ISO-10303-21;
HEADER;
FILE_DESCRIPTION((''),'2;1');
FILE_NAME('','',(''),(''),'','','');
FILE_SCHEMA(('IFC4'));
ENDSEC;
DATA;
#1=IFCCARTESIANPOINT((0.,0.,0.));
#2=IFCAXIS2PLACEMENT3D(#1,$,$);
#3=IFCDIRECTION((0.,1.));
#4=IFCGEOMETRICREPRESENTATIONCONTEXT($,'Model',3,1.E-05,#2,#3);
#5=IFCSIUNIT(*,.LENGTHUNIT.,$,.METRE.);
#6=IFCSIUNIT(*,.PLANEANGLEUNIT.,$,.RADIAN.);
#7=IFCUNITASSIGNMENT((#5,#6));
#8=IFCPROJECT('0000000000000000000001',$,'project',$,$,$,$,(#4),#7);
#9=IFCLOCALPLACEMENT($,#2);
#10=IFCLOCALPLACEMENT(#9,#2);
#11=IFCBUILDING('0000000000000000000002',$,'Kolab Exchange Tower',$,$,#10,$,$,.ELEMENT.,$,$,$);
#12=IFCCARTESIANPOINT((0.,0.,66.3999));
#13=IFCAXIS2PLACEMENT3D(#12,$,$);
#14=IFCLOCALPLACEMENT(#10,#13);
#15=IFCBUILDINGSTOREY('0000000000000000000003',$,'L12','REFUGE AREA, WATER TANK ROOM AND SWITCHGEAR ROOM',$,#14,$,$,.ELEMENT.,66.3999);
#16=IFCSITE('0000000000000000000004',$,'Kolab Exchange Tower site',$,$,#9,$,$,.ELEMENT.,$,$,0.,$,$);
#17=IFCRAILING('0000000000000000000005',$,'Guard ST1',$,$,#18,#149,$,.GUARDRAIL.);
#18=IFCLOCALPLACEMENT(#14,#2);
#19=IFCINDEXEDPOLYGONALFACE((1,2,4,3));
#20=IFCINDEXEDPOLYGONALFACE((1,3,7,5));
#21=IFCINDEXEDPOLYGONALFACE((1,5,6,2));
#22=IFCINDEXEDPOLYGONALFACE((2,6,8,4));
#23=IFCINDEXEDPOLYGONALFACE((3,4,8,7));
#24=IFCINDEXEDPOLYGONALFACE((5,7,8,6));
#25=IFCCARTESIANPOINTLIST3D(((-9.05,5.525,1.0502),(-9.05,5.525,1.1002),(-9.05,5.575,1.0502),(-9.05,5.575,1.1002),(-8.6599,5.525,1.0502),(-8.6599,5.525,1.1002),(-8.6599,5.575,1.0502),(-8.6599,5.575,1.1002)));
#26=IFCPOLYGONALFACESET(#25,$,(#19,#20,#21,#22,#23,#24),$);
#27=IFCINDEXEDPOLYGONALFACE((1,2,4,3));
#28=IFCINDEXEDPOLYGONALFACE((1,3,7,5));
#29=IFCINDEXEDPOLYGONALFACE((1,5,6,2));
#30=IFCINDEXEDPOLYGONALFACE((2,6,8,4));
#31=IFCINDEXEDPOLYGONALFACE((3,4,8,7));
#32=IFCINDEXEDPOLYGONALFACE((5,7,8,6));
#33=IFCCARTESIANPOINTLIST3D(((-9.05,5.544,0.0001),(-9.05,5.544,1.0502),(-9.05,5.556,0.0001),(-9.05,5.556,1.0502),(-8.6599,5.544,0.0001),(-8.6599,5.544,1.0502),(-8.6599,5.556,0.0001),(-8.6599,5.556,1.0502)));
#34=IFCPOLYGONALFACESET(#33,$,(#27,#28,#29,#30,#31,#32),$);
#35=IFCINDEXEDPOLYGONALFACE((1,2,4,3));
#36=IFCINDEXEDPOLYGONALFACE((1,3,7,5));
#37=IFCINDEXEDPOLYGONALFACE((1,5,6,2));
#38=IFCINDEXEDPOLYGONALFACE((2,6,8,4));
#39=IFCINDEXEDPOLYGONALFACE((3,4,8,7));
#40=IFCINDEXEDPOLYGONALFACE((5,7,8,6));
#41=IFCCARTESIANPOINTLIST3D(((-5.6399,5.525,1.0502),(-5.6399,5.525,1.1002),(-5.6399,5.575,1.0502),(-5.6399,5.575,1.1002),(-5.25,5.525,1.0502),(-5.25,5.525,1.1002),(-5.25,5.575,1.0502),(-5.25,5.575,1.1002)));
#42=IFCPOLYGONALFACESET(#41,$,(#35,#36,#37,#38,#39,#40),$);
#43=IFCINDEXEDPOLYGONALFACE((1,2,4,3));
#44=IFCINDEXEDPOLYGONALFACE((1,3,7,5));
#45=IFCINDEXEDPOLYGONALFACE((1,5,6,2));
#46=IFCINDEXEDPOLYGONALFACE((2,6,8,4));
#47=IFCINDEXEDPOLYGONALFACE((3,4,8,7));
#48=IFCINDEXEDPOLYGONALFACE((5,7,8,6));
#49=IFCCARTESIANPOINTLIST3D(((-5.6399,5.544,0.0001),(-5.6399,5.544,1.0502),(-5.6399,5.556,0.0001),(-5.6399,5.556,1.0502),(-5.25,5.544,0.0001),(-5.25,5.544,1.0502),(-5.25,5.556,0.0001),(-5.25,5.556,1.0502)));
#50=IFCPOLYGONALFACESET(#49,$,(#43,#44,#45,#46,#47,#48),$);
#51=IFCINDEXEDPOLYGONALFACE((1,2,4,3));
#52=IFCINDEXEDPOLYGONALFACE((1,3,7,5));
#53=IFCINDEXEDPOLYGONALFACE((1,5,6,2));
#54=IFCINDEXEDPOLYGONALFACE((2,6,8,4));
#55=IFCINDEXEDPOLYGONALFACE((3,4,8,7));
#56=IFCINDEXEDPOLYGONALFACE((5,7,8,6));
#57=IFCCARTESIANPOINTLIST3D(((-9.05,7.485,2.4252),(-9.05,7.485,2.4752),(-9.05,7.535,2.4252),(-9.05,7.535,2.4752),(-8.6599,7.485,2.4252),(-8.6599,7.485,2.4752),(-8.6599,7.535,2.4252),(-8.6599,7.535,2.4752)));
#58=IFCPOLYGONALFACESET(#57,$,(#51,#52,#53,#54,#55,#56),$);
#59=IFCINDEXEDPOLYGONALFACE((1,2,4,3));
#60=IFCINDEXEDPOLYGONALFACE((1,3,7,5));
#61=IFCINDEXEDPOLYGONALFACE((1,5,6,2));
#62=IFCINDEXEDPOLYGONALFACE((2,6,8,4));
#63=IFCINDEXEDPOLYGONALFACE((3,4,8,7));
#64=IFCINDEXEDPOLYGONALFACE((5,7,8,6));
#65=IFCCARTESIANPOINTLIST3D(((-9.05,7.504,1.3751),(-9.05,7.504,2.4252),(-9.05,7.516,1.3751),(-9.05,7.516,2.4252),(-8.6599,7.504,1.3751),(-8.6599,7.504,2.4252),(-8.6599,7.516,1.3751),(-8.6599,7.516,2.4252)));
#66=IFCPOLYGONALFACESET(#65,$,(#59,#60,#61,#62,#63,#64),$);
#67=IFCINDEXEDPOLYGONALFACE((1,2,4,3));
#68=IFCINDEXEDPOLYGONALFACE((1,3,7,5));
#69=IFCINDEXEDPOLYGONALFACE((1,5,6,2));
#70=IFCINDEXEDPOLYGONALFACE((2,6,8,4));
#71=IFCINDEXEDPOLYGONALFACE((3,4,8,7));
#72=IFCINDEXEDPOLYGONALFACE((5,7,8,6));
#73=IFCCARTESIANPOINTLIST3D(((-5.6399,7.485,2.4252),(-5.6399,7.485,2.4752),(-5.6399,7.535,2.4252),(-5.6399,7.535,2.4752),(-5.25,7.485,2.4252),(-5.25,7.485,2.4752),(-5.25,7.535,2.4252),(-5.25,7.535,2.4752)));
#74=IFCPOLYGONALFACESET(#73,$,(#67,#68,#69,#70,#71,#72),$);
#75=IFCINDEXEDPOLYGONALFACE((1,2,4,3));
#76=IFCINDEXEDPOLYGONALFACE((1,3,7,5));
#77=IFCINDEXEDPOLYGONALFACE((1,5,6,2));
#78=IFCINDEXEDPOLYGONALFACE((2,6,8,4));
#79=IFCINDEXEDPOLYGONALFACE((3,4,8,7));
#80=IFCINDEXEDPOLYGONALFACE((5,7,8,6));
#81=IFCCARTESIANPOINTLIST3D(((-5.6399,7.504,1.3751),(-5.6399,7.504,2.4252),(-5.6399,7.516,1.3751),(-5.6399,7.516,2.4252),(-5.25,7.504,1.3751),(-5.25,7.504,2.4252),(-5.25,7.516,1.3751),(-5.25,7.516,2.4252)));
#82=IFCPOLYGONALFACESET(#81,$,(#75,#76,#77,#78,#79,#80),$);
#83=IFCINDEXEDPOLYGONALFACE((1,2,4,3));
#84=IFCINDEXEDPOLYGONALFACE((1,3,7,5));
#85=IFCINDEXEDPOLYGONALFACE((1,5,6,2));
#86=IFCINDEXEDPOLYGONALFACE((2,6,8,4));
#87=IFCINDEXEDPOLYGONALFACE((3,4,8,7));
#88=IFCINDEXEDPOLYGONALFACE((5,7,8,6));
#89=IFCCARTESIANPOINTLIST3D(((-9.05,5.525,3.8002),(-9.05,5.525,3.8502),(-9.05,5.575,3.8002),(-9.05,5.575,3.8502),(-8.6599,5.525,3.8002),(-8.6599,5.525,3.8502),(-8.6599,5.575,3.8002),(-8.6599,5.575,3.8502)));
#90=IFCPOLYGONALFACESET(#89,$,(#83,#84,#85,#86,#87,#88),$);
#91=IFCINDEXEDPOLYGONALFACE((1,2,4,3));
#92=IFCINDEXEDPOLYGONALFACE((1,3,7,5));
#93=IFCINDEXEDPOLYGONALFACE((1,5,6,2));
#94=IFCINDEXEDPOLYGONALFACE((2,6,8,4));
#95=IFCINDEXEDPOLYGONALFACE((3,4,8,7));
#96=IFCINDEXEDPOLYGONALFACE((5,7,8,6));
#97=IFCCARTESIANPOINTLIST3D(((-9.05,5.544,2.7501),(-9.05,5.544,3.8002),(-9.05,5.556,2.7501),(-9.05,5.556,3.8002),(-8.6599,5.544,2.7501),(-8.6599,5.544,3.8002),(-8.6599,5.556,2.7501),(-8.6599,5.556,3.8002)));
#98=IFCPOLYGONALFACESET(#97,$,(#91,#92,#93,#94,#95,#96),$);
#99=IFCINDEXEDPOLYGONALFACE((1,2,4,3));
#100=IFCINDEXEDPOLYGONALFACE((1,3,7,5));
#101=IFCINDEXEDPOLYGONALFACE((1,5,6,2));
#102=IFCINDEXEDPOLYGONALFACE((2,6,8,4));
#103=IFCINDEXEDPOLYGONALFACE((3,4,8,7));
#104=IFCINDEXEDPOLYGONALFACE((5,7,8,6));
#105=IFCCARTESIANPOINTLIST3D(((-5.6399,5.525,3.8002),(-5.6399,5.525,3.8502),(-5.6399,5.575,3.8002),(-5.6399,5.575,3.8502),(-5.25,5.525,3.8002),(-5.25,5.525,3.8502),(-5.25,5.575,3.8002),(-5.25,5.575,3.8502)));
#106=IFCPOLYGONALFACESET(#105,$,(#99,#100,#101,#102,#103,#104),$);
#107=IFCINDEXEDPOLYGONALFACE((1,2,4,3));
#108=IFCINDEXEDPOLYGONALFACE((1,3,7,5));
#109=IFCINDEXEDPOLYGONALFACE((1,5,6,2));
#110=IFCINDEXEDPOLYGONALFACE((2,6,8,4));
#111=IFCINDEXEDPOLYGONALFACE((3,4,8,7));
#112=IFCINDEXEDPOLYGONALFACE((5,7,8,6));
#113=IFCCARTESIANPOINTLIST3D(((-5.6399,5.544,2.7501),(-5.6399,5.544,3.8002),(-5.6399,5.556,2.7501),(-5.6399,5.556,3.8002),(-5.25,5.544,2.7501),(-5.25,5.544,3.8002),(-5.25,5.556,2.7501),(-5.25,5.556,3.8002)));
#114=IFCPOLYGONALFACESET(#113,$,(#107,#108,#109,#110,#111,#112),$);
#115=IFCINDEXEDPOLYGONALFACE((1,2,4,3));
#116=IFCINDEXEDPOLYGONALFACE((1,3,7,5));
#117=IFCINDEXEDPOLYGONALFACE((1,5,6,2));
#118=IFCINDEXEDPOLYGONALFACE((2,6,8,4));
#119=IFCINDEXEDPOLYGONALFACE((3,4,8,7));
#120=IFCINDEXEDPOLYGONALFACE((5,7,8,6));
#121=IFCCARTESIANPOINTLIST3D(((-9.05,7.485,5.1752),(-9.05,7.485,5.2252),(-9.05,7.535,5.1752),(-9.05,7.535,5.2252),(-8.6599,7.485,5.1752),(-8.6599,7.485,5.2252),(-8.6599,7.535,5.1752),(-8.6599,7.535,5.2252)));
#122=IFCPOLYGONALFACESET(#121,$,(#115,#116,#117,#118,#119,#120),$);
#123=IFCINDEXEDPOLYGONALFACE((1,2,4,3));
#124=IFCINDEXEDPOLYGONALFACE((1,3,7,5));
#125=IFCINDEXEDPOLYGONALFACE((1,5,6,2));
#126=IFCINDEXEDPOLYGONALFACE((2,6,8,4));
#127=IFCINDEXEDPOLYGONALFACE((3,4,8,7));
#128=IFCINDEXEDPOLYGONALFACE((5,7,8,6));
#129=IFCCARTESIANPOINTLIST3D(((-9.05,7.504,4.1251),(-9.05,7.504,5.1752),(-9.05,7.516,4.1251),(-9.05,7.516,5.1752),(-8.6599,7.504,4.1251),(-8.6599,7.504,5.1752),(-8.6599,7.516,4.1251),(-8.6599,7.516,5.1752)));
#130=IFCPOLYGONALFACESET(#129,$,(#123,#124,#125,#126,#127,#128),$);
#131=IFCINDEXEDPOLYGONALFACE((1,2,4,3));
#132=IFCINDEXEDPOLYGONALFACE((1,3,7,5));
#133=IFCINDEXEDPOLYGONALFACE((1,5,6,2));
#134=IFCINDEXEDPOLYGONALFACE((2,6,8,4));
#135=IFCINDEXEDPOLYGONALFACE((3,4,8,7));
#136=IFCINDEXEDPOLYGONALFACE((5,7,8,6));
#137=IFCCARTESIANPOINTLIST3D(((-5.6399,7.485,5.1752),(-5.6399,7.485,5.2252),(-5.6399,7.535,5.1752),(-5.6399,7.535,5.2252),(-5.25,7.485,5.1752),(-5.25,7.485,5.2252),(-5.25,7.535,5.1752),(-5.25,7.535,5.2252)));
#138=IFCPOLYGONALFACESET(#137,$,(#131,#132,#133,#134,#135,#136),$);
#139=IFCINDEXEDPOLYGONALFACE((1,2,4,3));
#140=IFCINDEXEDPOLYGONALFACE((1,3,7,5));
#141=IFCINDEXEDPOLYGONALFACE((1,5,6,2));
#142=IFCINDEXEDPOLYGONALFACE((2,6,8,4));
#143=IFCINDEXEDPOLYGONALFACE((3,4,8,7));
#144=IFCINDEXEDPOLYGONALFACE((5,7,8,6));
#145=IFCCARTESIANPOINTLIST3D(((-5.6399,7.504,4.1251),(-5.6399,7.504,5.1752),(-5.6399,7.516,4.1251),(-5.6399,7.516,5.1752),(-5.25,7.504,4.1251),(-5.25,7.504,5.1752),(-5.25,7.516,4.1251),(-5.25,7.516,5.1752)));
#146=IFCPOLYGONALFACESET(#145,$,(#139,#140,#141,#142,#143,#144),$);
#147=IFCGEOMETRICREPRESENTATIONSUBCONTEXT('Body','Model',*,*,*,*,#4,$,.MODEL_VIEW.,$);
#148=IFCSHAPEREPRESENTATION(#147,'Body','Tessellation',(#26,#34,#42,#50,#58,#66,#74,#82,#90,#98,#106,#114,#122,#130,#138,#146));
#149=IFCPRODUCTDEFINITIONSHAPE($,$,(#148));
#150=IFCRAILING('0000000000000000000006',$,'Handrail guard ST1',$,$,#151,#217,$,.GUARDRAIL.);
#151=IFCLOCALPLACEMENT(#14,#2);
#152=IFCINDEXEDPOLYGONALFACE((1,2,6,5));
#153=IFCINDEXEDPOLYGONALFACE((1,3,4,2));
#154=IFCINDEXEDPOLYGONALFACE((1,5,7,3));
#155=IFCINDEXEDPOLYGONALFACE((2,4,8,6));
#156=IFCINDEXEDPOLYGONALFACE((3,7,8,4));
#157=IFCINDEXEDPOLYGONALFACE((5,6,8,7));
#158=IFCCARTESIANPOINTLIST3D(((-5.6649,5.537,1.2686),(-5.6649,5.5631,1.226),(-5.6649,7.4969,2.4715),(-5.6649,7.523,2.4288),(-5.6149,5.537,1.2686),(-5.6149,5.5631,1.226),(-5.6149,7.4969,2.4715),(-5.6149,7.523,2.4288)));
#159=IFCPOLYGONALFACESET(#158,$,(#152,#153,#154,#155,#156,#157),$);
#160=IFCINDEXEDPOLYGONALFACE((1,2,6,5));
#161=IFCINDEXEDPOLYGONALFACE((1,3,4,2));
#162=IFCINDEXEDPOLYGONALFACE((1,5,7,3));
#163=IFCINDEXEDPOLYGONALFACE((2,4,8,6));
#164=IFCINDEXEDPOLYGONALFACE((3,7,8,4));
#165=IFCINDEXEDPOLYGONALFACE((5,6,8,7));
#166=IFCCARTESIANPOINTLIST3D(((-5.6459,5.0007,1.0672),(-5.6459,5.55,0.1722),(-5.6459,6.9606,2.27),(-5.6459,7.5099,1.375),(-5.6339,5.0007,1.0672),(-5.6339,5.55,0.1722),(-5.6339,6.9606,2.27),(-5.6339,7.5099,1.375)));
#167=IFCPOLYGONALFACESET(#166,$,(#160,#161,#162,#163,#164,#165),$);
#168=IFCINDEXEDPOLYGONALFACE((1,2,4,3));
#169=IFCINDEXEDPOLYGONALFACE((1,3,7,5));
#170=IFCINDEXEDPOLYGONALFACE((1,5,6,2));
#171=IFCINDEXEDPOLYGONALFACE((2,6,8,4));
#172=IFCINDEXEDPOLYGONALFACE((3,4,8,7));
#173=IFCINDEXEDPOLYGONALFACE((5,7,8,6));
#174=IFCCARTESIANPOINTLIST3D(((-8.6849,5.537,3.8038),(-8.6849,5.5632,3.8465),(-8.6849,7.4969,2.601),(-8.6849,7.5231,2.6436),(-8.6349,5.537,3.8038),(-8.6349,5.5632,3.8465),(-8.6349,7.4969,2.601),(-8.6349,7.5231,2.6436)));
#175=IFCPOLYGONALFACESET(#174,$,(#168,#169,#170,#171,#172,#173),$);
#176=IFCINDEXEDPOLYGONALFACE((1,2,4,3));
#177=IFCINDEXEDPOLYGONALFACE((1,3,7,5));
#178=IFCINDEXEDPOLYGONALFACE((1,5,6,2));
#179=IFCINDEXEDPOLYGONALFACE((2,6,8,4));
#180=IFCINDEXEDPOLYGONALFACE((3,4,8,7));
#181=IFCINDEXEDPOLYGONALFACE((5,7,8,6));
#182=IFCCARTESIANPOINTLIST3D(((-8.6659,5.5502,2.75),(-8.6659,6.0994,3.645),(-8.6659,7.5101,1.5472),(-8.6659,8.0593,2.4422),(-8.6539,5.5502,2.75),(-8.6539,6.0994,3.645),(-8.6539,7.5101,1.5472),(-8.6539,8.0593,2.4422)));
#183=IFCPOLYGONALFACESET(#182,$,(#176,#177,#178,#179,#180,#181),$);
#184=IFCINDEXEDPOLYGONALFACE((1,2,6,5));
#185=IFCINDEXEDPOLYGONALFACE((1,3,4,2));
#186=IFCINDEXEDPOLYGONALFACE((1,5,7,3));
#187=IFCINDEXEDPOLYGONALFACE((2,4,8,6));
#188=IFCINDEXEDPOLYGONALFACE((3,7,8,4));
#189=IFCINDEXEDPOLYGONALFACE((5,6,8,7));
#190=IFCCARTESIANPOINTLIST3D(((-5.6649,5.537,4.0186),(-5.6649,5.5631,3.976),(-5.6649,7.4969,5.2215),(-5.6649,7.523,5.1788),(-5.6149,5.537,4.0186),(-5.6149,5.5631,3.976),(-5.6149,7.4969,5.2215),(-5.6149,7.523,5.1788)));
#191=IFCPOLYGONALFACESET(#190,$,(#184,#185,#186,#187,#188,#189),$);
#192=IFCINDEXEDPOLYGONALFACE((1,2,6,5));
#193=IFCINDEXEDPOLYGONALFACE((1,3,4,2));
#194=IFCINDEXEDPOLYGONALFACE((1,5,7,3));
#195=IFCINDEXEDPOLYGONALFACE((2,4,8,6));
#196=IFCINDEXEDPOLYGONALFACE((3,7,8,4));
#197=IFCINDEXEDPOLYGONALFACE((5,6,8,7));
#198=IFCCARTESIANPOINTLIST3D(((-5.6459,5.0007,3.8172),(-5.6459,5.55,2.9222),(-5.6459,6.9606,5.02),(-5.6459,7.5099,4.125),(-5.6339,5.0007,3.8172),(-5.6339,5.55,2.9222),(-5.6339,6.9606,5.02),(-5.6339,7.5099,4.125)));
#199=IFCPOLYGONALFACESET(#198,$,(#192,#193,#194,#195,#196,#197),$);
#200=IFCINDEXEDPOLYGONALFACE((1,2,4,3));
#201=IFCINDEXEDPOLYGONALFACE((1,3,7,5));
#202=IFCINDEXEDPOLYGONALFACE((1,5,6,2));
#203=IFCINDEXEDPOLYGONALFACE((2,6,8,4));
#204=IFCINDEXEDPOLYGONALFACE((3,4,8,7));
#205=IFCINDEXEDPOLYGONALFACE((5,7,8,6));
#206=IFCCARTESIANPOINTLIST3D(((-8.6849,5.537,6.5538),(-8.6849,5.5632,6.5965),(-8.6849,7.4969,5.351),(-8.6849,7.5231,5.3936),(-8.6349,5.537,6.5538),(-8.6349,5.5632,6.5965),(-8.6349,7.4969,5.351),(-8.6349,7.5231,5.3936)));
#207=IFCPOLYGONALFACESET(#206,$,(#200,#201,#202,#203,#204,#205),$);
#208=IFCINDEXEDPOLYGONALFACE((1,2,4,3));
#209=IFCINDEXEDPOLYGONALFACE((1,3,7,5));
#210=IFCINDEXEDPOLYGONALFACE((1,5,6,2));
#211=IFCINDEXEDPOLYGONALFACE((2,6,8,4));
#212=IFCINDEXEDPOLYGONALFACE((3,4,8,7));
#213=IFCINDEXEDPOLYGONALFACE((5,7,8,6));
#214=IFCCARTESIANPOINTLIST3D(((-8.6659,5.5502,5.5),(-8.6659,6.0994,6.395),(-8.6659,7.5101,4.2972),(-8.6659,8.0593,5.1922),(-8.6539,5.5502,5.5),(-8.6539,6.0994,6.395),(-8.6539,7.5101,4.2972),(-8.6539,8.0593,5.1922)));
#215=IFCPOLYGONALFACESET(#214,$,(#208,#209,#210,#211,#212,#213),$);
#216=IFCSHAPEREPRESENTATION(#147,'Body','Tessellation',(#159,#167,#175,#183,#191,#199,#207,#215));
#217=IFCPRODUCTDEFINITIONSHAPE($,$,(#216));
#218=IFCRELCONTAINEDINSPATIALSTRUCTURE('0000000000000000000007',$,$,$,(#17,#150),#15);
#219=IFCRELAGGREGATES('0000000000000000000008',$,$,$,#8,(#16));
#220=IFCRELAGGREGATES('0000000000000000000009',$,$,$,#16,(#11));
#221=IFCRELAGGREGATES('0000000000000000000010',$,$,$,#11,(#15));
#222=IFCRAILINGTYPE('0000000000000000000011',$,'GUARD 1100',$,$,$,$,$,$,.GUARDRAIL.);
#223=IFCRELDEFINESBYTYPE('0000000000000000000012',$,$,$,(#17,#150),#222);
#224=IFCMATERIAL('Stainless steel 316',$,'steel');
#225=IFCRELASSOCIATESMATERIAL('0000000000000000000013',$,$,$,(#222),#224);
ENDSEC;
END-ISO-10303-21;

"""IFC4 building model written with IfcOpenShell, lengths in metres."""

from ifc_helpers import new_model, si_unit, direction, frame, frame_2d, origin, origin_2d, place, context, subcontext, project, spatial, rectangle, extrude, material, type_object, element, save


model = new_model("IFC4")

# Units and contexts
model_context = context("Model", 3, precision=1e-05, world=origin(), true_north=direction((0.0, 1.0)))
body_context = subcontext(model_context, "Body", "Model", "MODEL_VIEW")
ifc_project = project(units=[si_unit("LENGTHUNIT", "METRE"), si_unit("PLANEANGLEUNIT", "RADIAN")], contexts=[model_context])

# Site, building, storey
site_placement = place(None, origin())
site = spatial("IfcSite", under=ifc_project, at=site_placement, Name="Kolab Exchange Tower site", CompositionType="ELEMENT", RefElevation=0.0)
building_placement = place(site_placement, origin())
building = spatial("IfcBuilding", under=site, at=building_placement, Name="Kolab Exchange Tower", CompositionType="ELEMENT")
storey_placement = place(building_placement, frame((0.0, 0.0, 66.3999)))
storey = spatial("IfcBuildingStorey", under=building, at=storey_placement, Name="L12", Description="REFUGE AREA, WATER TANK ROOM AND SWITCHGEAR ROOM", CompositionType="ELEMENT", Elevation=66.3999)

# Railings
ifc_material_1 = material(Name="Stainless steel 316", Category="steel")
railing_type = type_object("IfcRailingType", Name="GUARD 1100", PredefinedType="GUARDRAIL", material=ifc_material_1)
railing_1_placement = place(storey_placement, frame((-9.05, 5.55, 0.0)))
element("IfcRailing", 1, at=railing_1_placement, inside=storey, type_object=railing_type, Name="Guard ST1", PredefinedType="GUARDRAIL", context=body_context, shape_type="SweptSolid", body=[
    extrude(rectangle(XDim=0.05, YDim=0.05, at=origin_2d()), frame((0.0, 0.0, 1.0752), z_axis=(1.0, 0.0, 0.0), x_axis=(0.0, 1.0, 0.0)), (0.0, 0.0, 1.0), 0.3901),
    extrude(rectangle(XDim=0.012, YDim=1.0501, at=frame_2d((0.0, 0.5251))), frame((0.0, 0.0, 0.0), z_axis=(1.0, 0.0, 0.0), x_axis=(0.0, 1.0, 0.0)), (0.0, 0.0, 1.0), 0.3901),
    extrude(rectangle(XDim=0.05, YDim=0.05, at=origin_2d()), frame((3.4102, 0.0, 1.0752), z_axis=(1.0, 0.0, 0.0), x_axis=(0.0, 1.0, 0.0)), (0.0, 0.0, 1.0), 0.3899),
    extrude(rectangle(XDim=0.012, YDim=1.0501, at=frame_2d((0.0, 0.5251))), frame((3.4102, 0.0, 0.0), z_axis=(1.0, 0.0, 0.0), x_axis=(0.0, 1.0, 0.0)), (0.0, 0.0, 1.0), 0.3899),
    extrude(rectangle(XDim=0.05, YDim=0.05, at=origin_2d()), frame((0.0, 1.96, 2.4502), z_axis=(1.0, 0.0, 0.0), x_axis=(0.0, 1.0, 0.0)), (0.0, 0.0, 1.0), 0.3901),
    extrude(rectangle(XDim=0.012, YDim=1.0501, at=frame_2d((0.0, 0.5251))), frame((0.0, 1.96, 1.375), z_axis=(1.0, 0.0, 0.0), x_axis=(0.0, 1.0, 0.0)), (0.0, 0.0, 1.0), 0.3901),
    extrude(rectangle(XDim=0.05, YDim=0.05, at=origin_2d()), frame((3.4102, 1.96, 2.4502), z_axis=(1.0, 0.0, 0.0), x_axis=(0.0, 1.0, 0.0)), (0.0, 0.0, 1.0), 0.3899),
    extrude(rectangle(XDim=0.012, YDim=1.0501, at=frame_2d((0.0, 0.5251))), frame((3.4102, 1.96, 1.375), z_axis=(1.0, 0.0, 0.0), x_axis=(0.0, 1.0, 0.0)), (0.0, 0.0, 1.0), 0.3899),
    extrude(rectangle(XDim=0.05, YDim=0.05, at=origin_2d()), frame((0.0, 0.0, 3.8252), z_axis=(1.0, 0.0, 0.0), x_axis=(0.0, 1.0, 0.0)), (0.0, 0.0, 1.0), 0.3901),
    extrude(rectangle(XDim=0.012, YDim=1.0501, at=frame_2d((0.0, 0.5251))), frame((0.0, 0.0, 2.75), z_axis=(1.0, 0.0, 0.0), x_axis=(0.0, 1.0, 0.0)), (0.0, 0.0, 1.0), 0.3901),
    extrude(rectangle(XDim=0.05, YDim=0.05, at=origin_2d()), frame((3.4102, 0.0, 3.8252), z_axis=(1.0, 0.0, 0.0), x_axis=(0.0, 1.0, 0.0)), (0.0, 0.0, 1.0), 0.3899),
    extrude(rectangle(XDim=0.012, YDim=1.0501, at=frame_2d((0.0, 0.5251))), frame((3.4102, 0.0, 2.75), z_axis=(1.0, 0.0, 0.0), x_axis=(0.0, 1.0, 0.0)), (0.0, 0.0, 1.0), 0.3899),
    extrude(rectangle(XDim=0.05, YDim=0.05, at=origin_2d()), frame((0.0, 1.96, 5.2002), z_axis=(1.0, 0.0, 0.0), x_axis=(0.0, 1.0, 0.0)), (0.0, 0.0, 1.0), 0.3901),
    extrude(rectangle(XDim=0.012, YDim=1.0501, at=frame_2d((0.0, 0.5251))), frame((0.0, 1.96, 4.125), z_axis=(1.0, 0.0, 0.0), x_axis=(0.0, 1.0, 0.0)), (0.0, 0.0, 1.0), 0.3901),
    extrude(rectangle(XDim=0.05, YDim=0.05, at=origin_2d()), frame((3.4102, 1.96, 5.2002), z_axis=(1.0, 0.0, 0.0), x_axis=(0.0, 1.0, 0.0)), (0.0, 0.0, 1.0), 0.3899),
    extrude(rectangle(XDim=0.012, YDim=1.0501, at=frame_2d((0.0, 0.5251))), frame((3.4102, 1.96, 4.125), z_axis=(1.0, 0.0, 0.0), x_axis=(0.0, 1.0, 0.0)), (0.0, 0.0, 1.0), 0.3899),
])
railing_2_placement = place(storey_placement, frame((-5.6399, 5.55, 0.1721)))
element("IfcRailing", 2, at=railing_2_placement, inside=storey, type_object=railing_type, Name="Handrail guard ST1", PredefinedType="GUARDRAIL", context=body_context, shape_type="SweptSolid", body=[
    extrude(rectangle(XDim=0.05, YDim=0.05, at=origin_2d()), frame((0.0, 0.0, 1.0752), z_axis=(0.0, 0.852288, 0.523072), x_axis=(-1.0, 0.0, 0.0)), (0.0, 0.0, 1.0), 2.2996),
    extrude(rectangle(XDim=0.012, YDim=1.0501, at=frame_2d((0.0, 0.5251))), frame((0.0, 0.0, 0.0), z_axis=(0.0, 0.852288, 0.523072), x_axis=(-1.0, 0.0, 0.0)), (0.0, 0.0, 1.0), 2.2996),
    extrude(rectangle(XDim=0.05, YDim=0.05, at=origin_2d()), frame((-3.02, 1.96, 2.4502), z_axis=(0.0, -0.852288, 0.523072), x_axis=(1.0, 0.0, 0.0)), (0.0, 0.0, 1.0), 2.2996),
    extrude(rectangle(XDim=0.012, YDim=1.0501, at=frame_2d((0.0, 0.5251))), frame((-3.02, 1.96, 1.375), z_axis=(0.0, -0.852288, 0.523072), x_axis=(1.0, 0.0, 0.0)), (0.0, 0.0, 1.0), 2.2996),
    extrude(rectangle(XDim=0.05, YDim=0.05, at=origin_2d()), frame((0.0, 0.0, 3.8252), z_axis=(0.0, 0.852288, 0.523072), x_axis=(-1.0, 0.0, 0.0)), (0.0, 0.0, 1.0), 2.2996),
    extrude(rectangle(XDim=0.012, YDim=1.0501, at=frame_2d((0.0, 0.5251))), frame((0.0, 0.0, 2.75), z_axis=(0.0, 0.852288, 0.523072), x_axis=(-1.0, 0.0, 0.0)), (0.0, 0.0, 1.0), 2.2996),
    extrude(rectangle(XDim=0.05, YDim=0.05, at=origin_2d()), frame((-3.02, 1.96, 5.2002), z_axis=(0.0, -0.852288, 0.523072), x_axis=(1.0, 0.0, 0.0)), (0.0, 0.0, 1.0), 2.2996),
    extrude(rectangle(XDim=0.012, YDim=1.0501, at=frame_2d((0.0, 0.5251))), frame((-3.02, 1.96, 4.125), z_axis=(0.0, -0.852288, 0.523072), x_axis=(1.0, 0.0, 0.0)), (0.0, 0.0, 1.0), 2.2996),
])

save(model, "model.ifc")
